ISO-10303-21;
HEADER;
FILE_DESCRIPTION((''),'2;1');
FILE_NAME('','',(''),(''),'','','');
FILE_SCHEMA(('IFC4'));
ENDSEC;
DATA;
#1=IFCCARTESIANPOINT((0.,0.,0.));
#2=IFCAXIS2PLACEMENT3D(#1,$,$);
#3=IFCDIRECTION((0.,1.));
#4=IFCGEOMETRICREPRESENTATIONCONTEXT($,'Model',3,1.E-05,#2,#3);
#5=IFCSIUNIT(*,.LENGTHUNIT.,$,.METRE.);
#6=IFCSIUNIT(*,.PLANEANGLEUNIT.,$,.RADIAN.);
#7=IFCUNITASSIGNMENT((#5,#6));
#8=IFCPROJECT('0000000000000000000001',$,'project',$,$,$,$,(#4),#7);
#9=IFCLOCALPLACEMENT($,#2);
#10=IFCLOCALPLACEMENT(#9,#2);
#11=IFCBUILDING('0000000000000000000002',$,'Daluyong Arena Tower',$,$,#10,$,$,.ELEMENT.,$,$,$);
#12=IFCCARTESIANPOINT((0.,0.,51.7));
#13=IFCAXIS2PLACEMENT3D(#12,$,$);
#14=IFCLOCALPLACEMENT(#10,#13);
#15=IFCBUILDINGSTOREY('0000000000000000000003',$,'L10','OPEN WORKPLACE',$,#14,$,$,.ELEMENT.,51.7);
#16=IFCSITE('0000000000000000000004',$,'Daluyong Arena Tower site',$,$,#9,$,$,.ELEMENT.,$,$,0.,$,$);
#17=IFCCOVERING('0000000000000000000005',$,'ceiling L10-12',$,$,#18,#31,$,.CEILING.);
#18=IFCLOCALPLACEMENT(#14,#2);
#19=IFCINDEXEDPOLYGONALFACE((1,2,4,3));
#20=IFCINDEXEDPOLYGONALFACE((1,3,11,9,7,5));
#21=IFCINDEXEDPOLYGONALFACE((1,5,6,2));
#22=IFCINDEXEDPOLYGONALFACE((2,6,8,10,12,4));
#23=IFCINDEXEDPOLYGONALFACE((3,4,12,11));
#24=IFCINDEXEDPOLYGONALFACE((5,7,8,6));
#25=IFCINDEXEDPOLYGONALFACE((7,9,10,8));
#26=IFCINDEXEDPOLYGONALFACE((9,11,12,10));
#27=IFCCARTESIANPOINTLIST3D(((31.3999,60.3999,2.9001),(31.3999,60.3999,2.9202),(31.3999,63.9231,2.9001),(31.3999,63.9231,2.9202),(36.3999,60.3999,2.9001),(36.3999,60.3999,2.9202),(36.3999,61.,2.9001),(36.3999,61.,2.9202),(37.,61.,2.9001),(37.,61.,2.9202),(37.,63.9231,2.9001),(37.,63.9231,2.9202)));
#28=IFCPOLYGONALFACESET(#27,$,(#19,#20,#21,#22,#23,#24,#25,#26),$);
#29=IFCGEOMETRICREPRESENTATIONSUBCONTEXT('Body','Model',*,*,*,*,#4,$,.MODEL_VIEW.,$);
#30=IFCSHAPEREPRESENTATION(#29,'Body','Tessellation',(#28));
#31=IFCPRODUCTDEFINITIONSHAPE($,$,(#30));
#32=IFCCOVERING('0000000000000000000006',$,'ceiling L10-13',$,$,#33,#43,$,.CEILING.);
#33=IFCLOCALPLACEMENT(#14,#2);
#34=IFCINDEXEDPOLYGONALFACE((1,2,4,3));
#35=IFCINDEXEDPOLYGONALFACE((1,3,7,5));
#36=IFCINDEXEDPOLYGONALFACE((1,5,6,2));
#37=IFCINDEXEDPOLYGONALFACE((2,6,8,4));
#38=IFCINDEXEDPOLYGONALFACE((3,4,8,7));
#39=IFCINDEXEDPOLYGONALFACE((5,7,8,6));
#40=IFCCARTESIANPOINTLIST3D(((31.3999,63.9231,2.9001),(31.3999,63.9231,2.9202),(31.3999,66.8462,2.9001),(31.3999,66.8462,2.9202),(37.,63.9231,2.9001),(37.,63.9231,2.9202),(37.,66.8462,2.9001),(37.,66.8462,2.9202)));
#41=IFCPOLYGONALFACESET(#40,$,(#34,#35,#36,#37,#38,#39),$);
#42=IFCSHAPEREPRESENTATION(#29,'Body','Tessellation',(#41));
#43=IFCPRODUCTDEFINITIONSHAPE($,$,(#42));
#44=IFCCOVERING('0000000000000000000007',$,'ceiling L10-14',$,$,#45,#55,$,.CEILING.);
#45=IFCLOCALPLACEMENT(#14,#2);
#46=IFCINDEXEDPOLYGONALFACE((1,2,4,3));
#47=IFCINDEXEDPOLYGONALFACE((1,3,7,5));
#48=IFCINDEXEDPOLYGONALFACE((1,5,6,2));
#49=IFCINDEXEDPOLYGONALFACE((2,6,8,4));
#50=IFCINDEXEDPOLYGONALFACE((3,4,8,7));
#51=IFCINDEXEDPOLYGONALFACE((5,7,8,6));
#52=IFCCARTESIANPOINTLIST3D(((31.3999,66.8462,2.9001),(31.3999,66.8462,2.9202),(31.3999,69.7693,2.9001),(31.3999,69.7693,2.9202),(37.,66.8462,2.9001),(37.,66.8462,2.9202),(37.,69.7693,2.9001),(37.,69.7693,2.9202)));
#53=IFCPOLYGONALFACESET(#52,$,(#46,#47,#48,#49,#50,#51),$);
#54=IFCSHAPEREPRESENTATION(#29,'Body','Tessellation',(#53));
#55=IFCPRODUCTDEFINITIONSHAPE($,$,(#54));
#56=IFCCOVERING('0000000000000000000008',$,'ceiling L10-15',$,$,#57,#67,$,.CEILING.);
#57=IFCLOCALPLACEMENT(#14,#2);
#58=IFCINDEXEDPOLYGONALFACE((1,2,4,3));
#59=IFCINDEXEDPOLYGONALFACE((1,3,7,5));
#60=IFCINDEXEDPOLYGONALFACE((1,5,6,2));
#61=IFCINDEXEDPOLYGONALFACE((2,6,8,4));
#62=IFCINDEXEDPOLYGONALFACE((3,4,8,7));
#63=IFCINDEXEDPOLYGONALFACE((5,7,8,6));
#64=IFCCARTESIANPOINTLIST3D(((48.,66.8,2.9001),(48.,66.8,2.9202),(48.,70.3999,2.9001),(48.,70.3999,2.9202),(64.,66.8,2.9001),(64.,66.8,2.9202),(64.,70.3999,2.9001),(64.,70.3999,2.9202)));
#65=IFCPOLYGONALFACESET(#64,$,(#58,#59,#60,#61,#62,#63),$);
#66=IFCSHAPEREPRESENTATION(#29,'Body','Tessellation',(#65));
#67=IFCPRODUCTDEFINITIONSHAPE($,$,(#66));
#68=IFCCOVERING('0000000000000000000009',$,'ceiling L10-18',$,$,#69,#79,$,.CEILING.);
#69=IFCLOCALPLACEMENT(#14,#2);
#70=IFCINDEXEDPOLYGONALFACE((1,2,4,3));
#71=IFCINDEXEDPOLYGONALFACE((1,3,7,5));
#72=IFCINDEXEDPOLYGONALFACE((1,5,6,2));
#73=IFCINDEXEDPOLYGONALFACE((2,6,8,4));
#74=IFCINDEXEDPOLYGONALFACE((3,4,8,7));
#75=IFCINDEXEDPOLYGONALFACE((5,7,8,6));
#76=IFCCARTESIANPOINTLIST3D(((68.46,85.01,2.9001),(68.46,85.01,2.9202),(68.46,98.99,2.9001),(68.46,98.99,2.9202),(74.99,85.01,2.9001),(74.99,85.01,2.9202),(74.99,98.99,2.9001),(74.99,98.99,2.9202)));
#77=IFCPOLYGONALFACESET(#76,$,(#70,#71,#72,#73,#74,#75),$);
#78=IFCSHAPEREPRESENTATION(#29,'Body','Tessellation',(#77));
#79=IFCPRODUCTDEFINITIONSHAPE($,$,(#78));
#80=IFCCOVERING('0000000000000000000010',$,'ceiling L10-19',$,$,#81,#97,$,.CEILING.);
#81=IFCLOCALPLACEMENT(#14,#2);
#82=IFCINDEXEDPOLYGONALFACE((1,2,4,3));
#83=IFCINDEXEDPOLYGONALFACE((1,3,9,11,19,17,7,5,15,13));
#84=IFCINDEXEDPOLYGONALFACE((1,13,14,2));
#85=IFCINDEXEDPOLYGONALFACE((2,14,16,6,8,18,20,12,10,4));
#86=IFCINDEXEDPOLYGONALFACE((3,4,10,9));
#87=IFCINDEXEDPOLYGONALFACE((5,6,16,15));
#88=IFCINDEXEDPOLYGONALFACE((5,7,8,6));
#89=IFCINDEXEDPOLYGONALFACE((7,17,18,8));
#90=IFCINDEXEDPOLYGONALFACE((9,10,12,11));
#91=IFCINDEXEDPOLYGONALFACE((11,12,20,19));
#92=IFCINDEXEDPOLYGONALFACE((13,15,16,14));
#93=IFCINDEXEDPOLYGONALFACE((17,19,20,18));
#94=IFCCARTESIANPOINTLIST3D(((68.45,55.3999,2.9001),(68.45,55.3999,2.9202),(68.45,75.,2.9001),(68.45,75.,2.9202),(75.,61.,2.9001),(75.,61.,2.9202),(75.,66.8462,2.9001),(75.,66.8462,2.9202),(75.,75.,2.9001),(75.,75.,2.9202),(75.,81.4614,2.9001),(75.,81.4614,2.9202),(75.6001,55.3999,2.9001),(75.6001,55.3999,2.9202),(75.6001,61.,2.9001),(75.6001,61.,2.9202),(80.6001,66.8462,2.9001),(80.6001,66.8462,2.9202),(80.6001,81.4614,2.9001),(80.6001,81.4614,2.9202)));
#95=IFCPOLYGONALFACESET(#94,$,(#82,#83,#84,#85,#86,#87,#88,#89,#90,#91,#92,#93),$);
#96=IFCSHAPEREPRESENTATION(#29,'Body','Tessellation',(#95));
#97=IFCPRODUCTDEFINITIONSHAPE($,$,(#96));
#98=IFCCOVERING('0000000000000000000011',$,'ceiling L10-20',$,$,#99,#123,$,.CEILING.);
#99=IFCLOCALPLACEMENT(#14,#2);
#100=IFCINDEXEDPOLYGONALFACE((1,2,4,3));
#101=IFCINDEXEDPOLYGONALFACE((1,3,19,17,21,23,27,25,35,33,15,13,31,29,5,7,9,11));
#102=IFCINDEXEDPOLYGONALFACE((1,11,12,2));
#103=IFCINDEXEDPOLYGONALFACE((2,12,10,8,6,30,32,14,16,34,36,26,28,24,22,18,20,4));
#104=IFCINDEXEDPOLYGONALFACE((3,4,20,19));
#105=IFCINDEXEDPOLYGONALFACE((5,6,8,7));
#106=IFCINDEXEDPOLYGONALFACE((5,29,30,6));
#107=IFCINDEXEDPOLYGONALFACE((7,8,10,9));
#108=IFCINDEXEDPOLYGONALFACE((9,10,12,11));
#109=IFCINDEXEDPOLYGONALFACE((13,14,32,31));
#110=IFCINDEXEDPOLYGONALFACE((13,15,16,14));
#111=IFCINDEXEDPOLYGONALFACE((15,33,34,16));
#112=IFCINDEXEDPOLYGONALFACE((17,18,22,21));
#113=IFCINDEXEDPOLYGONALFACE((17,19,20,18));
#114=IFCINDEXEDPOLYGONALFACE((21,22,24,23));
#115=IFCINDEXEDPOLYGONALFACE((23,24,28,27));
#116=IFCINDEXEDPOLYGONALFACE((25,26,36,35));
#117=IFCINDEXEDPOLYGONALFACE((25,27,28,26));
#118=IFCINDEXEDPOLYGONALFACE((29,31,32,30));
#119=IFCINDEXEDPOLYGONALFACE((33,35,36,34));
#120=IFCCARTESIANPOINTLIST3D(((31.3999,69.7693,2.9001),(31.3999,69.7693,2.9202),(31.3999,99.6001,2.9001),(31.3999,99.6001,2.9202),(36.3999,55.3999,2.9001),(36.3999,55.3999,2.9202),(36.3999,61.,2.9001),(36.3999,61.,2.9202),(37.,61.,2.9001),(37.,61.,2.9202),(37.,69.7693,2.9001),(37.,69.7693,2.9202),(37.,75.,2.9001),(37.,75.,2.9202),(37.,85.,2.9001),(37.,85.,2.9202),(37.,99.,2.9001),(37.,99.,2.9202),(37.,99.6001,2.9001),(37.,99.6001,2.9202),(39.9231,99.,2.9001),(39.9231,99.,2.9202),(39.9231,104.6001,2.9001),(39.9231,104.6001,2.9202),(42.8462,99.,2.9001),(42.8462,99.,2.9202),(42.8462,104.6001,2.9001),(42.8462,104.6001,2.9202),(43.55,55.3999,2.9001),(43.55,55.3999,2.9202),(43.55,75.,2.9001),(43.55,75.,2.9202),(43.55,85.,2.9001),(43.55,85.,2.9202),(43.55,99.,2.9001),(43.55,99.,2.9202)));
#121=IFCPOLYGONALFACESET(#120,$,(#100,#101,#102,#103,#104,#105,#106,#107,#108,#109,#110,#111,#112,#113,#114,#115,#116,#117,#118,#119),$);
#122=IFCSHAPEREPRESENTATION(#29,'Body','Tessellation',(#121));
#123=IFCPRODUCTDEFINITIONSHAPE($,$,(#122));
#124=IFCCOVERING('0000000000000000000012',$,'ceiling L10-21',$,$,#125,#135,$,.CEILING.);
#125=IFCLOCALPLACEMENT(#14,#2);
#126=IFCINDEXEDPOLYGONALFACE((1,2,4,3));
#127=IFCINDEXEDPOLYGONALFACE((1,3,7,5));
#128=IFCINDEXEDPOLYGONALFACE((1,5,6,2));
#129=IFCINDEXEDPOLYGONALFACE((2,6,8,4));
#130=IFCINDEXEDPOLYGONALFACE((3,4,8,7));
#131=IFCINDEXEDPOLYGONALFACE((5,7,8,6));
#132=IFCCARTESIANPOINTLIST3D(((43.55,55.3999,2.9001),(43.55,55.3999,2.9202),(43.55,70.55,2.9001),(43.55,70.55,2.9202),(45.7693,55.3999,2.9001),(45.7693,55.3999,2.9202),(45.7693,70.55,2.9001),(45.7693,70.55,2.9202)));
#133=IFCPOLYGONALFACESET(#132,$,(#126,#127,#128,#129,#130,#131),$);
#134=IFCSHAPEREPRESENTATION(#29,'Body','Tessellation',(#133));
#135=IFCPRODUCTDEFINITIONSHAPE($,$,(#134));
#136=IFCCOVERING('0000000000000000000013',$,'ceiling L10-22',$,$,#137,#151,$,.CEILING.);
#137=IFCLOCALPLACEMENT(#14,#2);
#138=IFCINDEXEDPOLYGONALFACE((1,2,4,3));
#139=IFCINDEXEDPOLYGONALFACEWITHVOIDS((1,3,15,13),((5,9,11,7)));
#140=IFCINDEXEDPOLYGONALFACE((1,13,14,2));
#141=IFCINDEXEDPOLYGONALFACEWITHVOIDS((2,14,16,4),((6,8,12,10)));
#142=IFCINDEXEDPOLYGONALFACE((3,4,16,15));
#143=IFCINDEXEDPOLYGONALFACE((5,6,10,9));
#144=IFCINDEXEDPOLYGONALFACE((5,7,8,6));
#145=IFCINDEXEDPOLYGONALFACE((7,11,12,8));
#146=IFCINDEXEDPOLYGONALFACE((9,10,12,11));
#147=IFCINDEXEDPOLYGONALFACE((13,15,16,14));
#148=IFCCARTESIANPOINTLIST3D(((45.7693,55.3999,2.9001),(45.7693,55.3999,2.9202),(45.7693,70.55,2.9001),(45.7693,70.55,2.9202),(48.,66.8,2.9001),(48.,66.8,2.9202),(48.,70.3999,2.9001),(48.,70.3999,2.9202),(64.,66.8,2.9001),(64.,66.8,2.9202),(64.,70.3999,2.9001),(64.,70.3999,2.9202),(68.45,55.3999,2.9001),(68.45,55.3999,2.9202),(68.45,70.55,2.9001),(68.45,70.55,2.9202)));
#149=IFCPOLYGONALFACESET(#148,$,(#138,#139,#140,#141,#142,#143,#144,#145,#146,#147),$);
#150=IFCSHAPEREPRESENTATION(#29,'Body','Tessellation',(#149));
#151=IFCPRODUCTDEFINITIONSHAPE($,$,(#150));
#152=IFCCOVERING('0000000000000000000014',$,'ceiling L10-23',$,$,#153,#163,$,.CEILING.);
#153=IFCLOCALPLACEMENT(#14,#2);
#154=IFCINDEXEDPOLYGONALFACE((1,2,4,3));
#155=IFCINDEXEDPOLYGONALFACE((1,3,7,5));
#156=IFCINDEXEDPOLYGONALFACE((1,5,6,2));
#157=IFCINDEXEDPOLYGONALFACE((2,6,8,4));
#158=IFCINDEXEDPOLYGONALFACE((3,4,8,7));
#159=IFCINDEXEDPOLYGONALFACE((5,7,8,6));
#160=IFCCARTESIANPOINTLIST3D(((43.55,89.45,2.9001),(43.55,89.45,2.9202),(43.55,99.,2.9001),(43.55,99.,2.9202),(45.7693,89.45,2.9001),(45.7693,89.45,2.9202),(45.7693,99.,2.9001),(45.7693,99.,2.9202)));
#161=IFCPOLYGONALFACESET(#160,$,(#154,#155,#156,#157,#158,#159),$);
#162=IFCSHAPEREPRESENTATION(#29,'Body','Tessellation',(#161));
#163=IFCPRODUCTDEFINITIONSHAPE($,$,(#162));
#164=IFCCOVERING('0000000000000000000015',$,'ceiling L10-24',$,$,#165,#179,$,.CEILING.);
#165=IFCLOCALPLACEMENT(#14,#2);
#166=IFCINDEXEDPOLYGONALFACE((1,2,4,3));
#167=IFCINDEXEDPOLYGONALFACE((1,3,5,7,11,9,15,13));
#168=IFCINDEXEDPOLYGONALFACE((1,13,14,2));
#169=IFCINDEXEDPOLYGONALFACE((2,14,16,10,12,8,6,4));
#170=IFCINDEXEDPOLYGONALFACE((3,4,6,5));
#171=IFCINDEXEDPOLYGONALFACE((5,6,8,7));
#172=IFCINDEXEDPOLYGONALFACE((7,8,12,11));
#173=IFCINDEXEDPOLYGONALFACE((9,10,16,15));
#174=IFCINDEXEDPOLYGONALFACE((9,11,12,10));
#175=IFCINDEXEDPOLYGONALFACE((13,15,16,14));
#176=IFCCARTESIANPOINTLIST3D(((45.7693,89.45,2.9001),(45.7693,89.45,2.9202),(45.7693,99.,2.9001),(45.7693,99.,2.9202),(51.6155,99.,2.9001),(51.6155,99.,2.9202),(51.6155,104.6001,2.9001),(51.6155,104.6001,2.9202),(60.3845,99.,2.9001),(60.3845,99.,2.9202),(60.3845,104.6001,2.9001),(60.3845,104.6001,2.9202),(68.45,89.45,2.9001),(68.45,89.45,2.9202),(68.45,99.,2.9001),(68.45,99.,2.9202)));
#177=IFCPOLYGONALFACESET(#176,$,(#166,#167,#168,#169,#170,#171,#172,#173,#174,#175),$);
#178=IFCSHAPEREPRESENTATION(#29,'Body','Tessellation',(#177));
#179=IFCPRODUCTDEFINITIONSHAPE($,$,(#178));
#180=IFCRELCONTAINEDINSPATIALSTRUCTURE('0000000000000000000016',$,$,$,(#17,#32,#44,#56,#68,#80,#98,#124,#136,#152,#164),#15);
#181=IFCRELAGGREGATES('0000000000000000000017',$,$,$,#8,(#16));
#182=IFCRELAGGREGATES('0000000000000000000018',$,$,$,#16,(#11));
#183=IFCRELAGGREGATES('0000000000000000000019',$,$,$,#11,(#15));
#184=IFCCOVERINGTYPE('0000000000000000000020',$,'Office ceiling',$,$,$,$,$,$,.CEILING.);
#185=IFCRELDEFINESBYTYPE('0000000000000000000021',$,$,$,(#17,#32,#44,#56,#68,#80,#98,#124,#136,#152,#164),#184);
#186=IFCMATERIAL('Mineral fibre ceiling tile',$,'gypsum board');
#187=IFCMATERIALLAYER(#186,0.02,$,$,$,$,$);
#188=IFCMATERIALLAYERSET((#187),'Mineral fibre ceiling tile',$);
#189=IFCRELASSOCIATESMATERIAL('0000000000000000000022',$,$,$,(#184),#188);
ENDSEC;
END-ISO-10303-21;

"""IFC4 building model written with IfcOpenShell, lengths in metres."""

from ifc_helpers import new_model, si_unit, direction, frame, origin, place, context, subcontext, project, spatial, polyline, outline, extrude, material, layer, layer_set, type_object, element, save


model = new_model("IFC4")

# Units and contexts
model_context = context("Model", 3, precision=1e-05, world=origin(), true_north=direction((0.0, 1.0)))
body_context = subcontext(model_context, "Body", "Model", "MODEL_VIEW")
ifc_project = project(units=[si_unit("LENGTHUNIT", "METRE"), si_unit("PLANEANGLEUNIT", "RADIAN")], contexts=[model_context])

# Site, building, storey
site_placement = place(None, origin())
site = spatial("IfcSite", under=ifc_project, at=site_placement, Name="Daluyong Arena Tower site", CompositionType="ELEMENT", RefElevation=0.0)
building_placement = place(site_placement, origin())
building = spatial("IfcBuilding", under=site, at=building_placement, Name="Daluyong Arena Tower", CompositionType="ELEMENT")
storey_placement = place(building_placement, frame((0.0, 0.0, 51.7)))
storey = spatial("IfcBuildingStorey", under=building, at=storey_placement, Name="L10", Description="OPEN WORKPLACE", CompositionType="ELEMENT", Elevation=51.7)

# Coverings
ifc_material_1 = material(Name="Mineral fibre ceiling tile", Category="gypsum board")
ifc_layer_1 = layer(ifc_material_1, 0.02)
ifc_layer_set_1 = layer_set([ifc_layer_1], Name="Mineral fibre ceiling tile")
covering_type = type_object("IfcCoveringType", Name="Office ceiling", PredefinedType="CEILING", material=ifc_layer_set_1)
covering_1_placement = place(storey_placement, frame((0.0, 0.0, 2.9001)))
element("IfcCovering", 1, at=covering_1_placement, inside=storey, type_object=covering_type, Name="ceiling L10-12", PredefinedType="CEILING", context=body_context, shape_type="SweptSolid", body=[
    extrude(outline(polyline([(31.3999, 60.3999), (36.3999, 60.3999), (36.3999, 61.0), (37.0, 61.0), (37.0, 63.9231), (31.3999, 63.9231), (31.3999, 60.3999)])), origin(), (0.0, 0.0, 1.0), 0.02),
])
covering_2_placement = place(storey_placement, frame((0.0, 0.0, 2.9001)))
element("IfcCovering", 2, at=covering_2_placement, inside=storey, type_object=covering_type, Name="ceiling L10-13", PredefinedType="CEILING", context=body_context, shape_type="SweptSolid", body=[
    extrude(outline(polyline([(37.0, 66.8462), (31.3999, 66.8462), (31.3999, 63.9231), (37.0, 63.9231), (37.0, 66.8462)])), origin(), (0.0, 0.0, 1.0), 0.02),
])
covering_3_placement = place(storey_placement, frame((0.0, 0.0, 2.9001)))
element("IfcCovering", 3, at=covering_3_placement, inside=storey, type_object=covering_type, Name="ceiling L10-14", PredefinedType="CEILING", context=body_context, shape_type="SweptSolid", body=[
    extrude(outline(polyline([(37.0, 69.7693), (31.3999, 69.7693), (31.3999, 66.8462), (37.0, 66.8462), (37.0, 69.7693)])), origin(), (0.0, 0.0, 1.0), 0.02),
])
covering_4_placement = place(storey_placement, frame((0.0, 0.0, 2.9001)))
element("IfcCovering", 4, at=covering_4_placement, inside=storey, type_object=covering_type, Name="ceiling L10-15", PredefinedType="CEILING", context=body_context, shape_type="SweptSolid", body=[
    extrude(outline(polyline([(48.0, 66.8), (64.0, 66.8), (64.0, 70.3999), (48.0, 70.3999), (48.0, 66.8)])), origin(), (0.0, 0.0, 1.0), 0.02),
])
covering_5_placement = place(storey_placement, frame((0.0, 0.0, 2.9001)))
element("IfcCovering", 5, at=covering_5_placement, inside=storey, type_object=covering_type, Name="ceiling L10-18", PredefinedType="CEILING", context=body_context, shape_type="SweptSolid", body=[
    extrude(outline(polyline([(74.99, 98.99), (68.46, 98.99), (68.46, 85.01), (74.99, 85.01), (74.99, 98.99)])), origin(), (0.0, 0.0, 1.0), 0.02),
])
covering_6_placement = place(storey_placement, frame((0.0, 0.0, 2.9001)))
element("IfcCovering", 6, at=covering_6_placement, inside=storey, type_object=covering_type, Name="ceiling L10-19", PredefinedType="CEILING", context=body_context, shape_type="SweptSolid", body=[
    extrude(outline(polyline([(68.45, 75.0), (68.45, 55.3999), (75.6001, 55.3999), (75.6001, 61.0), (75.0, 61.0), (75.0, 66.8462), (80.6001, 66.8462), (80.6001, 81.4614), (75.0, 81.4614), (75.0, 75.0), (68.45, 75.0)])), origin(), (0.0, 0.0, 1.0), 0.02),
])
covering_7_placement = place(storey_placement, frame((0.0, 0.0, 2.9001)))
element("IfcCovering", 7, at=covering_7_placement, inside=storey, type_object=covering_type, Name="ceiling L10-20", PredefinedType="CEILING", context=body_context, shape_type="SweptSolid", body=[
    extrude(outline(polyline([(37.0, 99.0), (37.0, 99.6001), (31.3999, 99.6001), (31.3999, 69.7693), (37.0, 69.7693), (37.0, 61.0), (36.3999, 61.0), (36.3999, 55.3999), (43.55, 55.3999), (43.55, 75.0), (37.0, 75.0), (37.0, 85.0), (43.55, 85.0), (43.55, 99.0), (42.8462, 99.0), (42.8462, 104.6001), (39.9231, 104.6001), (39.9231, 99.0), (37.0, 99.0)])), origin(), (0.0, 0.0, 1.0), 0.02),
])
covering_8_placement = place(storey_placement, frame((0.0, 0.0, 2.9001)))
element("IfcCovering", 8, at=covering_8_placement, inside=storey, type_object=covering_type, Name="ceiling L10-21", PredefinedType="CEILING", context=body_context, shape_type="SweptSolid", body=[
    extrude(outline(polyline([(45.7693, 70.55), (43.55, 70.55), (43.55, 55.3999), (45.7693, 55.3999), (45.7693, 70.55)])), origin(), (0.0, 0.0, 1.0), 0.02),
])
covering_9_placement = place(storey_placement, frame((0.0, 0.0, 2.9001)))
element("IfcCovering", 9, at=covering_9_placement, inside=storey, type_object=covering_type, Name="ceiling L10-22", PredefinedType="CEILING", context=body_context, shape_type="SweptSolid", body=[
    extrude(outline(polyline([(68.45, 70.55), (45.7693, 70.55), (45.7693, 55.3999), (68.45, 55.3999), (68.45, 70.55)]), holes=[polyline([(48.0, 66.8), (48.0, 70.3999), (64.0, 70.3999), (64.0, 66.8), (48.0, 66.8)])]), origin(), (0.0, 0.0, 1.0), 0.02),
])
covering_10_placement = place(storey_placement, frame((0.0, 0.0, 2.9001)))
element("IfcCovering", 10, at=covering_10_placement, inside=storey, type_object=covering_type, Name="ceiling L10-23", PredefinedType="CEILING", context=body_context, shape_type="SweptSolid", body=[
    extrude(outline(polyline([(45.7693, 99.0), (43.55, 99.0), (43.55, 89.45), (45.7693, 89.45), (45.7693, 99.0)])), origin(), (0.0, 0.0, 1.0), 0.02),
])
covering_11_placement = place(storey_placement, frame((0.0, 0.0, 2.9001)))
element("IfcCovering", 11, at=covering_11_placement, inside=storey, type_object=covering_type, Name="ceiling L10-24", PredefinedType="CEILING", context=body_context, shape_type="SweptSolid", body=[
    extrude(outline(polyline([(51.6155, 99.0), (45.7693, 99.0), (45.7693, 89.45), (68.45, 89.45), (68.45, 99.0), (60.3845, 99.0), (60.3845, 104.6001), (51.6155, 104.6001), (51.6155, 99.0)])), origin(), (0.0, 0.0, 1.0), 0.02),
])

save(model, "model.ifc")
